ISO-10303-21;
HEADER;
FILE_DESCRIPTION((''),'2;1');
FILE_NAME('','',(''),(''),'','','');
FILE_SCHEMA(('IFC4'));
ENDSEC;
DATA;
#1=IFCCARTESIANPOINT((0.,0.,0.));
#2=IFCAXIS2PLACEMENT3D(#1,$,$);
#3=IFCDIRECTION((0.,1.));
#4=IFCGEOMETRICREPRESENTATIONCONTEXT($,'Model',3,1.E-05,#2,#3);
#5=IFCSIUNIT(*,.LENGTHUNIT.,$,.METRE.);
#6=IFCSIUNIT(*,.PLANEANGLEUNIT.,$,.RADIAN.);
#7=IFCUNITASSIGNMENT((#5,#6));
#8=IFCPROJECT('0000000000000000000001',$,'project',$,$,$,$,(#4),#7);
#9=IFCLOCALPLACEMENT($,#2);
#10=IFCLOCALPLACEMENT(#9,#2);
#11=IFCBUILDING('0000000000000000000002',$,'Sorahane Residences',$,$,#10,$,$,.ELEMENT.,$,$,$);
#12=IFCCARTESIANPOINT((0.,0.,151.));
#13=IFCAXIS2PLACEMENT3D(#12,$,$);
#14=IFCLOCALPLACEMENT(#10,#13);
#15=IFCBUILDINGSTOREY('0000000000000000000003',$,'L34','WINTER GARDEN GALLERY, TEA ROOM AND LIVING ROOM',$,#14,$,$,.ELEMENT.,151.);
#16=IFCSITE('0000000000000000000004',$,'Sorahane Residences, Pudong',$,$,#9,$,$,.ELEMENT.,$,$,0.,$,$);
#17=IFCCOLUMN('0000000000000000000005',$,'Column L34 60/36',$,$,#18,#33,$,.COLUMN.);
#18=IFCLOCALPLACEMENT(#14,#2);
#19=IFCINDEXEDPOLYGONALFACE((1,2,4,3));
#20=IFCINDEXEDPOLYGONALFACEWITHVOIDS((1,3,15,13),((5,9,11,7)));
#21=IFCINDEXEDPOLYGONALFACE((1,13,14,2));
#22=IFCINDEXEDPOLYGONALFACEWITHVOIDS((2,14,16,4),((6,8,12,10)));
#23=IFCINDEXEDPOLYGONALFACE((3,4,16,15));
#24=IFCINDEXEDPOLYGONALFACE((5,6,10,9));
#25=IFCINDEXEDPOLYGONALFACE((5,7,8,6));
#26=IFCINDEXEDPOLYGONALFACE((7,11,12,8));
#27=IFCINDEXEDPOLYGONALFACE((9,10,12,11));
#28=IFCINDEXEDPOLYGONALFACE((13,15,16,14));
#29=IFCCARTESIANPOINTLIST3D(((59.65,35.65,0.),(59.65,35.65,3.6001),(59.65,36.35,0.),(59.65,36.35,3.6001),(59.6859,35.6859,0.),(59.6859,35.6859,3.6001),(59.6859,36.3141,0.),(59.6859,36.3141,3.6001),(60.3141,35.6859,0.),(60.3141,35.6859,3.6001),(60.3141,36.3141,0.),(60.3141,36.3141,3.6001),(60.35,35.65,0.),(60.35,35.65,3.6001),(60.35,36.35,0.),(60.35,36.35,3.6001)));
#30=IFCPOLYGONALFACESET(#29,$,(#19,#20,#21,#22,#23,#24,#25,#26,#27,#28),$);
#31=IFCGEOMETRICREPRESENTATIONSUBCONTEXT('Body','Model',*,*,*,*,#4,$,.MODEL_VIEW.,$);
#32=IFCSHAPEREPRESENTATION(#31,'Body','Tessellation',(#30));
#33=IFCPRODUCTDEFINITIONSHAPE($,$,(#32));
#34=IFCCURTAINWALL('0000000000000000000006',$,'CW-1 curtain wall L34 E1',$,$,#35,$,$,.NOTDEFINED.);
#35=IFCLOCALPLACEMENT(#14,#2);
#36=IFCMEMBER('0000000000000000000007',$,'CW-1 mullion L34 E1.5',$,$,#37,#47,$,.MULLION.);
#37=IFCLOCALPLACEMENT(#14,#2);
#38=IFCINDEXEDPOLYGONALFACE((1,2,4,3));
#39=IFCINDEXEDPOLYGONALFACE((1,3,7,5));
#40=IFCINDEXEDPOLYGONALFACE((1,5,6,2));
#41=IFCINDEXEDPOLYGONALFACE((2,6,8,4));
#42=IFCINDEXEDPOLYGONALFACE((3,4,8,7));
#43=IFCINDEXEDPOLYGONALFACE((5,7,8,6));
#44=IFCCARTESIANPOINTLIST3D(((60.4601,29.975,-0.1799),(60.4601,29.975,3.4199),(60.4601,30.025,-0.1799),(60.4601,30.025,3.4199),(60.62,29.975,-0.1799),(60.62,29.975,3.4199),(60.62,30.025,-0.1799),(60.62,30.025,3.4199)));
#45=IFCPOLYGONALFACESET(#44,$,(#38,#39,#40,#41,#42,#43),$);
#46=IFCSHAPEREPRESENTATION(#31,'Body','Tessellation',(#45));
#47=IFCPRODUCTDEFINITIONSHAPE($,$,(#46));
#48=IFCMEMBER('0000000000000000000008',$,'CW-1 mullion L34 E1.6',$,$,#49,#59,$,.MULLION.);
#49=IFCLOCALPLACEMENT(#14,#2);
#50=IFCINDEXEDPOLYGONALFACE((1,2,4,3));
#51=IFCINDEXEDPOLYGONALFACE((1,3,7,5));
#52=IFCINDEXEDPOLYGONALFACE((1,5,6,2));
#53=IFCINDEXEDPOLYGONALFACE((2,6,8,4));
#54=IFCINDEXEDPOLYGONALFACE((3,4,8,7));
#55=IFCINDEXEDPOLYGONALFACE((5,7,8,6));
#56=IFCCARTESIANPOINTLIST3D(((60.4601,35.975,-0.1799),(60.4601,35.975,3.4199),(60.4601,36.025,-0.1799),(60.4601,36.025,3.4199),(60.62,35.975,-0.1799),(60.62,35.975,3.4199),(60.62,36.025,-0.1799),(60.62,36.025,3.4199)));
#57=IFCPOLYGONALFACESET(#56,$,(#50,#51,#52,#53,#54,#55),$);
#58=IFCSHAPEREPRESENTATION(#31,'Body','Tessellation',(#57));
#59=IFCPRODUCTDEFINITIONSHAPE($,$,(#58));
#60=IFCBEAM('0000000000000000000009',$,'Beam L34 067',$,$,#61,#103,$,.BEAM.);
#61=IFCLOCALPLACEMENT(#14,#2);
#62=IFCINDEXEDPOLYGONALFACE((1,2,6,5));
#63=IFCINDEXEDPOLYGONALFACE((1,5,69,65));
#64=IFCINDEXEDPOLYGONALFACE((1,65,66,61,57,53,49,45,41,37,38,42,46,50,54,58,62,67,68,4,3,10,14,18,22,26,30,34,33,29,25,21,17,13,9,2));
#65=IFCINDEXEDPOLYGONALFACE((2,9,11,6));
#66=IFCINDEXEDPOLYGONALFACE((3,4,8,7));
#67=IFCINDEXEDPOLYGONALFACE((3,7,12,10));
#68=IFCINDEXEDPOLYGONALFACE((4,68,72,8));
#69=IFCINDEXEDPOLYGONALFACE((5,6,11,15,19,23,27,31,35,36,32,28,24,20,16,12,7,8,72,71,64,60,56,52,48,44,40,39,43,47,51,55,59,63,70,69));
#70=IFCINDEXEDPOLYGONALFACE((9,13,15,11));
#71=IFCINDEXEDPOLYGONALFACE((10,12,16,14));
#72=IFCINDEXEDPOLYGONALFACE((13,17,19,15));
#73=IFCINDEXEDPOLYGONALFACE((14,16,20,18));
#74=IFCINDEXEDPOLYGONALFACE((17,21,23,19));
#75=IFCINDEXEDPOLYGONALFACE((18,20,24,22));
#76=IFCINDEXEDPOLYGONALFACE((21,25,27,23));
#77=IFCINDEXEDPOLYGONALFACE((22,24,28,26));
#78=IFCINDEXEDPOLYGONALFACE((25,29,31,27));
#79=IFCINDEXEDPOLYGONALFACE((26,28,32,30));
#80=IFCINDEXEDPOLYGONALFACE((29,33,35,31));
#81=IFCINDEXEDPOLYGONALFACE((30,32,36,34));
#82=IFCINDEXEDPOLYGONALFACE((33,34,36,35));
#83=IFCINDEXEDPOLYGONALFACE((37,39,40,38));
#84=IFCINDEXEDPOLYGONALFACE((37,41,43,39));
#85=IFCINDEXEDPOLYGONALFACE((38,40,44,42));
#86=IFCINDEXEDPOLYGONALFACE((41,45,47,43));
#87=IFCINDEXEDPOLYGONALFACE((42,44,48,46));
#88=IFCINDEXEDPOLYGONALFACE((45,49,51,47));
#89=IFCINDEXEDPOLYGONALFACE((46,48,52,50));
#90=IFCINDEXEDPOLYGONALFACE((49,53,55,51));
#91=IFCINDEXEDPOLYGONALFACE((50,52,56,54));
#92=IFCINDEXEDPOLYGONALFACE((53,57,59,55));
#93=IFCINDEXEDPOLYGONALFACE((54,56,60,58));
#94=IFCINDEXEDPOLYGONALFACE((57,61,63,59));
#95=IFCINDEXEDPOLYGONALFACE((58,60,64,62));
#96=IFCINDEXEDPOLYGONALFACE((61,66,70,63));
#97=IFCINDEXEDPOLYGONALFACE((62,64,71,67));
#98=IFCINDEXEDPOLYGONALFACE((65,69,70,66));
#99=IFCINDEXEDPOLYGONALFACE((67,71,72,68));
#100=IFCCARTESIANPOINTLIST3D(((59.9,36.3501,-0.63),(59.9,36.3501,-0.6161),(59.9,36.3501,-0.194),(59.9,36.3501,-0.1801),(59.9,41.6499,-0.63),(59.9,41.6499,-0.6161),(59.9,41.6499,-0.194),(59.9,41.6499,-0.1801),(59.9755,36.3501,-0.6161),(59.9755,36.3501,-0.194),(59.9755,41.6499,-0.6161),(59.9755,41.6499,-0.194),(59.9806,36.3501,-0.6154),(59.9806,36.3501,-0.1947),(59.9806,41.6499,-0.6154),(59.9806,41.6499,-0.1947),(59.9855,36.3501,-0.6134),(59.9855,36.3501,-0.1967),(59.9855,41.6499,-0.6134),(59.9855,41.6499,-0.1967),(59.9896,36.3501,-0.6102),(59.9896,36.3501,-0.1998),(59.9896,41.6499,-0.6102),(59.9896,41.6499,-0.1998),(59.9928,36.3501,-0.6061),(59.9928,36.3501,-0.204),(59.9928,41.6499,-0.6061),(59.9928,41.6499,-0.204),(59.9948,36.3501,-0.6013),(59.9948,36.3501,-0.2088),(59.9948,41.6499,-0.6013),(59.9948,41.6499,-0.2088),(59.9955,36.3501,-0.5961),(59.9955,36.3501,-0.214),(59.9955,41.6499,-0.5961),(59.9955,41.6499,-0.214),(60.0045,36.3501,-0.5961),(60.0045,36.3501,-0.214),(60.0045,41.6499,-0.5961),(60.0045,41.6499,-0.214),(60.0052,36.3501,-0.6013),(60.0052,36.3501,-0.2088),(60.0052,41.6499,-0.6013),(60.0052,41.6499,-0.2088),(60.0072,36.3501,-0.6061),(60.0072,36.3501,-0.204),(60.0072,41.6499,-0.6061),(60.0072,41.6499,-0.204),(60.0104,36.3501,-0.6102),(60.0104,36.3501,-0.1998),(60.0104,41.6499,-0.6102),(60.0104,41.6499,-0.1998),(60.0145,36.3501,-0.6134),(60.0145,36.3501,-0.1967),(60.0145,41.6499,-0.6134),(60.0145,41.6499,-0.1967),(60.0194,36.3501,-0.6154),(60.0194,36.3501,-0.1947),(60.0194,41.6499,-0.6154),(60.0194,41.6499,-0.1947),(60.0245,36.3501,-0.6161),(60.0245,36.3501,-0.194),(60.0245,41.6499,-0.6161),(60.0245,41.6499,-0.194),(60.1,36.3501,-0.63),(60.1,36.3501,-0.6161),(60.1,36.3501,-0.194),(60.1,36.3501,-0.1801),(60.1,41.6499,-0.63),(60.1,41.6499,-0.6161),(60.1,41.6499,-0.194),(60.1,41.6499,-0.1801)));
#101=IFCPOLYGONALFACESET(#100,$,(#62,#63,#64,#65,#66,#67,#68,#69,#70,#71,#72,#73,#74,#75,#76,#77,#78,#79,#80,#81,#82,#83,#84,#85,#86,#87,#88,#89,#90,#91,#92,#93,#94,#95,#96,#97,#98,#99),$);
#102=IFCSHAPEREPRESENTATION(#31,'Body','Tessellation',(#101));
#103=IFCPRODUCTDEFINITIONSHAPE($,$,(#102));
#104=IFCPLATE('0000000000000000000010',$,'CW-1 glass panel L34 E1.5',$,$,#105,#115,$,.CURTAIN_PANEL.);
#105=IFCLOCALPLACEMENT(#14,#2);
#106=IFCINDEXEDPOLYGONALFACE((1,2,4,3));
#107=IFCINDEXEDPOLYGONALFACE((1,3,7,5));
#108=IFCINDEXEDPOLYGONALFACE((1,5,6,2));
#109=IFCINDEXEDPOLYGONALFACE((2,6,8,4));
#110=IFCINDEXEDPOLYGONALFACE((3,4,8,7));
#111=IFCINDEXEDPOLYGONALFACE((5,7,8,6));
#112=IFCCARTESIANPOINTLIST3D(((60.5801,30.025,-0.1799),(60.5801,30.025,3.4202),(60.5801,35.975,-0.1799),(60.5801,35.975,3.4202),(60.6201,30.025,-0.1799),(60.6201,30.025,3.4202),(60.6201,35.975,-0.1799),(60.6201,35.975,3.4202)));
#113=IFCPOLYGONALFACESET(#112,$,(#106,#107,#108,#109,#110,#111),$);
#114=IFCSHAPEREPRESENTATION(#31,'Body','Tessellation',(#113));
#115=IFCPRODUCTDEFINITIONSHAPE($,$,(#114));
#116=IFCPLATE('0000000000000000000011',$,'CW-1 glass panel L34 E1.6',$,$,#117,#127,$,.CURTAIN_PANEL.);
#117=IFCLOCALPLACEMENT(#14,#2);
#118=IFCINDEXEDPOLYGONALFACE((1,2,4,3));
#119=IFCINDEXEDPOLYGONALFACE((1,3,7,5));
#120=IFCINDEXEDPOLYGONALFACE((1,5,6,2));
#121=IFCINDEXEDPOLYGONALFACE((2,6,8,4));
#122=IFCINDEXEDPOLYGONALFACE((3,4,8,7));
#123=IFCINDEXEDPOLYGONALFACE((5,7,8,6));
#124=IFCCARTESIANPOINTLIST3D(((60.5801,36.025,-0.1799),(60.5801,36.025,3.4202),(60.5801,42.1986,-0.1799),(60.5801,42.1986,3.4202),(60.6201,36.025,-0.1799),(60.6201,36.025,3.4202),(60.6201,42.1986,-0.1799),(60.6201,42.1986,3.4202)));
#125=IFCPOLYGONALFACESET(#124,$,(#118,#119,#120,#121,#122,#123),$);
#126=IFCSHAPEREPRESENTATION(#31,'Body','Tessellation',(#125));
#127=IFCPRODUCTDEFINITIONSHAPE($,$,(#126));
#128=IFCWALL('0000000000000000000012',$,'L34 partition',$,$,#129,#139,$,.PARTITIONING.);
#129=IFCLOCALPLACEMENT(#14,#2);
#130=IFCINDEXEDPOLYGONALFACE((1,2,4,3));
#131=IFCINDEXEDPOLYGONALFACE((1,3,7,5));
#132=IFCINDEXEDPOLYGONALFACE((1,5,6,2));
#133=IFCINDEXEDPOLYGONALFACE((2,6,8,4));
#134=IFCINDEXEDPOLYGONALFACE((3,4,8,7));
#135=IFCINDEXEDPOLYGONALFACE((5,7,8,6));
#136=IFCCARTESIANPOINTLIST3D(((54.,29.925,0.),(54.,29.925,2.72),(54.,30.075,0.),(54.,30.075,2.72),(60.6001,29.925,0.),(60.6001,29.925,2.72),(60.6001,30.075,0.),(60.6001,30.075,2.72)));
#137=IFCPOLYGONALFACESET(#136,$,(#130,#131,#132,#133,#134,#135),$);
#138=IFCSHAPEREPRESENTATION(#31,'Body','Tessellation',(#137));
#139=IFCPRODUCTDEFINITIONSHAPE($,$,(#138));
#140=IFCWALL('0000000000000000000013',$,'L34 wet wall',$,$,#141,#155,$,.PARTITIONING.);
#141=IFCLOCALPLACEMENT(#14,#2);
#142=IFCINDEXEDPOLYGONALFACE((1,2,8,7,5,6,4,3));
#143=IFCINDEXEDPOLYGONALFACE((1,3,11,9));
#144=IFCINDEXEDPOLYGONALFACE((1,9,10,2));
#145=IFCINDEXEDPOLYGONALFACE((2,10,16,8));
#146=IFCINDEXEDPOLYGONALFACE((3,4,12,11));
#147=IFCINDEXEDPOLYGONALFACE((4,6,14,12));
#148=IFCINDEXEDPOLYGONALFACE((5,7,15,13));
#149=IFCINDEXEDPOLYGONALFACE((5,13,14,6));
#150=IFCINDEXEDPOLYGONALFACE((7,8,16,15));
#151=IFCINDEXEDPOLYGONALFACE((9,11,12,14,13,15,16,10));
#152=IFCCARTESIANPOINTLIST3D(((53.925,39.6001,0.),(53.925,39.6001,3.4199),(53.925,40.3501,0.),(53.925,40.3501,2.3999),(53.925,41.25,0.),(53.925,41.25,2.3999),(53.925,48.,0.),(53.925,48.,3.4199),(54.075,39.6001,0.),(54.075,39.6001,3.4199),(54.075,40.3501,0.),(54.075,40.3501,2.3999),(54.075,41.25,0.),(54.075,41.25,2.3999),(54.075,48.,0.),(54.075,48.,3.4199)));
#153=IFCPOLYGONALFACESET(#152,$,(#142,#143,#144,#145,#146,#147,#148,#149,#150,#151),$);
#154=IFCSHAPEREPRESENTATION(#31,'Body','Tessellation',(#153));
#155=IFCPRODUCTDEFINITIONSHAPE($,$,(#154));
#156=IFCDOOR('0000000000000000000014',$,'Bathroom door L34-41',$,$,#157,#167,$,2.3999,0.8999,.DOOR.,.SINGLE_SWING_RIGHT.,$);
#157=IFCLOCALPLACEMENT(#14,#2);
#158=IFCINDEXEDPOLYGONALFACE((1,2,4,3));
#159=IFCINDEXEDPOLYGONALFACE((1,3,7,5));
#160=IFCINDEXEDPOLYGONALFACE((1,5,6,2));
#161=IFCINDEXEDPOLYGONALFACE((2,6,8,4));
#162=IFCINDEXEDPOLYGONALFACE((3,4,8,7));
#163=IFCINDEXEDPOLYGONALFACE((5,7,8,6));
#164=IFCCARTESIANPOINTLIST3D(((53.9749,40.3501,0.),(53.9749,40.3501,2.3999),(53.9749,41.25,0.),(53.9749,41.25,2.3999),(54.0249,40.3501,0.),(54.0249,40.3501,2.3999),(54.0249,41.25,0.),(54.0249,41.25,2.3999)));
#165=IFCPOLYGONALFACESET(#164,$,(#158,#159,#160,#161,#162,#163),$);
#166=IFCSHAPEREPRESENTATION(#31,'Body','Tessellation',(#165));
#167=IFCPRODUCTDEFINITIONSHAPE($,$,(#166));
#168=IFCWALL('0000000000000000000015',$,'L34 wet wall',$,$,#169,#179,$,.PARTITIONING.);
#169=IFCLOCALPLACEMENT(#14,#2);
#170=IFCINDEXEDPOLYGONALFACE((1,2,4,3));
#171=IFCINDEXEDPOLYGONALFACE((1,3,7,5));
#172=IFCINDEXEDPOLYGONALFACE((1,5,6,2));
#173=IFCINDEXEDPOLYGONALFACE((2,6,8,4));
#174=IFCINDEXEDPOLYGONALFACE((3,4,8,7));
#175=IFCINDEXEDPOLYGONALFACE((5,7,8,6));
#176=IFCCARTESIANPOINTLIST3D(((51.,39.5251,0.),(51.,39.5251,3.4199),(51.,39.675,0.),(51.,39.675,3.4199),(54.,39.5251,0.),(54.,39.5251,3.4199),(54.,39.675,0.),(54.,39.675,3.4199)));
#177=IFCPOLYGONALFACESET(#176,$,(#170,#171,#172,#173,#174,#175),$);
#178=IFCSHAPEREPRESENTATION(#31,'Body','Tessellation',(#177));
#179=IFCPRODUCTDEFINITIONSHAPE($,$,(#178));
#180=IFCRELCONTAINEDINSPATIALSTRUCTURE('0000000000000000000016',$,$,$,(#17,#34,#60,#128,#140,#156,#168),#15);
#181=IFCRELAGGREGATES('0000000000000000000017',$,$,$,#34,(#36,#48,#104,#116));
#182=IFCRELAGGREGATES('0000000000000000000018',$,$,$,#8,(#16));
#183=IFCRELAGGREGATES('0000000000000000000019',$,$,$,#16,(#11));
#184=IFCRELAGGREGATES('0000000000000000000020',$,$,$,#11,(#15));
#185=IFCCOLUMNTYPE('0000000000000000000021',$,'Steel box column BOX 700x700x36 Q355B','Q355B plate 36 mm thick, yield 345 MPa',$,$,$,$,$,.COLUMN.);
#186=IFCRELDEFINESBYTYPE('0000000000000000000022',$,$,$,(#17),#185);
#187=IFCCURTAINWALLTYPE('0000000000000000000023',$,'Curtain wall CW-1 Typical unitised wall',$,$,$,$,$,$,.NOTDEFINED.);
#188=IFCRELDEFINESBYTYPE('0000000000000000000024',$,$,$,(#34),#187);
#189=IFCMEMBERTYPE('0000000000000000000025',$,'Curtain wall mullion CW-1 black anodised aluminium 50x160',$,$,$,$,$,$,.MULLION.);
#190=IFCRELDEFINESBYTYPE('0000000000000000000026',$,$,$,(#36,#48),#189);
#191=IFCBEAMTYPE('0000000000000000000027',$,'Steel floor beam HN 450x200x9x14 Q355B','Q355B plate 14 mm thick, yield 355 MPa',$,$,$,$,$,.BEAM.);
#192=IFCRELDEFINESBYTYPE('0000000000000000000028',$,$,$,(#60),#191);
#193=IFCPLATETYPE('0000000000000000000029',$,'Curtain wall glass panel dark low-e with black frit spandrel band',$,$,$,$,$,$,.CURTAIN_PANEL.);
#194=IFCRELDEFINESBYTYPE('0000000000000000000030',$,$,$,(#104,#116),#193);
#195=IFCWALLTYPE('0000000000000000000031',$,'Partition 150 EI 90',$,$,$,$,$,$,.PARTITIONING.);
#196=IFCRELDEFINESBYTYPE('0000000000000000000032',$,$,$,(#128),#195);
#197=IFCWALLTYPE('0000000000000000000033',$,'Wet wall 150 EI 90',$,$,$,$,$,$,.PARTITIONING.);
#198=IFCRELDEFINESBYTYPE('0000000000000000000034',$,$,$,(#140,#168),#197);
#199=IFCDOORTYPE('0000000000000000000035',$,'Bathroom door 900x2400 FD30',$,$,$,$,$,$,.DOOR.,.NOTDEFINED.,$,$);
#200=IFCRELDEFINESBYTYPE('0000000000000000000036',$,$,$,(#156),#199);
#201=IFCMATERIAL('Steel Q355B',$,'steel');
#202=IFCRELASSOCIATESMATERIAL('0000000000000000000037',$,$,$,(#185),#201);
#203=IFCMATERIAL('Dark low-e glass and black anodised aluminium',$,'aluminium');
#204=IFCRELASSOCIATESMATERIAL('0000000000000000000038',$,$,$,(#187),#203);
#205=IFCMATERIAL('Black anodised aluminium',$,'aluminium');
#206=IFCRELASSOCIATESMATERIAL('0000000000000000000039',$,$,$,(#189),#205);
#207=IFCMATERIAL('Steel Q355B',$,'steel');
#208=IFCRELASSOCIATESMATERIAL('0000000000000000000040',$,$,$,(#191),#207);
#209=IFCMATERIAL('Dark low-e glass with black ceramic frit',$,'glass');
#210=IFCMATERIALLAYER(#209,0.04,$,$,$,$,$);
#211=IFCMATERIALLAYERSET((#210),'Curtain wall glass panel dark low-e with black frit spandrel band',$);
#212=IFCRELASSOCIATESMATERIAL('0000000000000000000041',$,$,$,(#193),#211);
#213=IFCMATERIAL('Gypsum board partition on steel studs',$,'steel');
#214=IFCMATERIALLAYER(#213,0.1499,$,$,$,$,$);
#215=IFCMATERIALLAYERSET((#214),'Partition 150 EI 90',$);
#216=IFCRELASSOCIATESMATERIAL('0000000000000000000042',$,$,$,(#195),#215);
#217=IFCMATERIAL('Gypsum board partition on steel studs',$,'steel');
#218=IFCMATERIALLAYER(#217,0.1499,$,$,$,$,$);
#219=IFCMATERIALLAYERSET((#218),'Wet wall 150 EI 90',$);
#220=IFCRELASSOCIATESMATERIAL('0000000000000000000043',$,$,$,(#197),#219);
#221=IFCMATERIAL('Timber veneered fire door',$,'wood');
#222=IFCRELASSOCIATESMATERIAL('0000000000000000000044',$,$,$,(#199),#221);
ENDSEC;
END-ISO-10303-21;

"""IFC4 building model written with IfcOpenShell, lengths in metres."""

from ifc_helpers import new_model, si_unit, direction, frame, frame_2d, origin, origin_2d, place, context, subcontext, project, spatial, rectangle, hollow_rectangle, i_section, extrude, material, layer, layer_set, material_profile, profile_set, type_object, element, fill, aggregate, save


model = new_model("IFC4")

# Units and contexts
model_context = context("Model", 3, precision=1e-05, world=origin(), true_north=direction((0.0, 1.0)))
body_context = subcontext(model_context, "Body", "Model", "MODEL_VIEW")
ifc_project = project(units=[si_unit("LENGTHUNIT", "METRE"), si_unit("PLANEANGLEUNIT", "RADIAN")], contexts=[model_context])

# Site, building, storey
site_placement = place(None, origin())
site = spatial("IfcSite", under=ifc_project, at=site_placement, Name="Sorahane Residences, Pudong", CompositionType="ELEMENT", RefElevation=0.0)
building_placement = place(site_placement, origin())
building = spatial("IfcBuilding", under=site, at=building_placement, Name="Sorahane Residences", CompositionType="ELEMENT")
storey_placement = place(building_placement, frame((0.0, 0.0, 151.0)))
storey = spatial("IfcBuildingStorey", under=building, at=storey_placement, Name="L34", Description="WINTER GARDEN GALLERY, TEA ROOM AND LIVING ROOM", CompositionType="ELEMENT", Elevation=151.0)

# Column
ifc_material_1 = material(Name="Steel Q355B", Category="steel")
ifc_material_profile_1 = material_profile(ifc_material_1, hollow_rectangle(XDim=0.7, YDim=0.7, WallThickness=0.0359, at=origin_2d()), Name="BOX 700x700x36")
ifc_profile_set_1 = profile_set([ifc_material_profile_1], Name="Steel Q355B")
column_type = type_object("IfcColumnType", Name="Steel box column BOX 700x700x36 Q355B", Description="Q355B plate 36 mm thick, yield 345 MPa", PredefinedType="COLUMN", material=ifc_profile_set_1)
column_placement = place(storey_placement, frame((60.0, 36.0, 0.0), z_axis=(0.0, 0.0, 1.0), x_axis=(1.0, 0.0, 0.0)))
element("IfcColumn", 1, at=column_placement, inside=storey, type_object=column_type, Name="Column L34 60/36", PredefinedType="COLUMN", context=body_context, shape_type="SweptSolid", body=[
    extrude(hollow_rectangle(XDim=0.7, YDim=0.7, WallThickness=0.0359, at=origin_2d()), origin(), (0.0, 0.0, 1.0), 3.6001),
])

# Curtain wall, members
ifc_material_2 = material(Name="Dark low-e glass and black anodised aluminium", Category="aluminium")
curtain_wall_type = type_object("IfcCurtainWallType", Name="Curtain wall CW-1 Typical unitised wall", PredefinedType="NOTDEFINED", material=ifc_material_2)
curtain_wall_placement = place(storey_placement, origin())
curtain_wall = element("IfcCurtainWall", 2, at=curtain_wall_placement, inside=storey, type_object=curtain_wall_type, Name="CW-1 curtain wall L34 E1", PredefinedType="NOTDEFINED")
ifc_material_3 = material(Name="Black anodised aluminium", Category="aluminium")
ifc_material_profile_2 = material_profile(ifc_material_3, rectangle(XDim=0.1599, YDim=0.05, at=origin_2d()), Name="Curtain wall mullion CW-1 black anodised aluminium 50x160")
ifc_profile_set_2 = profile_set([ifc_material_profile_2], Name="Black anodised aluminium")
member_type = type_object("IfcMemberType", Name="Curtain wall mullion CW-1 black anodised aluminium 50x160", PredefinedType="MULLION", material=ifc_profile_set_2)
member_1_placement = place(storey_placement, frame((60.54, 30.0, -0.1799), z_axis=(0.0, 0.0, 1.0), x_axis=(1.0, 0.0, 0.0)))
member_1 = element("IfcMember", 3, at=member_1_placement, type_object=member_type, Name="CW-1 mullion L34 E1.5", PredefinedType="MULLION", context=body_context, shape_type="SweptSolid", body=[
    extrude(rectangle(XDim=0.1599, YDim=0.05, at=origin_2d()), origin(), (0.0, 0.0, 1.0), 3.5999),
])
member_2_placement = place(storey_placement, frame((60.54, 36.0, -0.1799), z_axis=(0.0, 0.0, 1.0), x_axis=(1.0, 0.0, 0.0)))
member_2 = element("IfcMember", 4, at=member_2_placement, type_object=member_type, Name="CW-1 mullion L34 E1.6", PredefinedType="MULLION", context=body_context, shape_type="SweptSolid", body=[
    extrude(rectangle(XDim=0.1599, YDim=0.05, at=origin_2d()), origin(), (0.0, 0.0, 1.0), 3.5999),
])

# Beam
ifc_material_4 = material(Name="Steel Q355B", Category="steel")
ifc_material_profile_3 = material_profile(ifc_material_4, i_section(OverallWidth=0.2, OverallDepth=0.45, WebThickness=0.009, FlangeThickness=0.0139, FilletRadius=0.02, at=origin_2d()), Name="HN 450x200x9x14")
ifc_profile_set_3 = profile_set([ifc_material_profile_3], Name="Steel Q355B")
beam_type = type_object("IfcBeamType", Name="Steel floor beam HN 450x200x9x14 Q355B", Description="Q355B plate 14 mm thick, yield 355 MPa", PredefinedType="BEAM", material=ifc_profile_set_3)
beam_placement = place(storey_placement, frame((60.0, 36.3501, -0.405), z_axis=(0.0, 1.0, 0.0), x_axis=(-1.0, 0.0, 0.0)))
element("IfcBeam", 5, at=beam_placement, inside=storey, type_object=beam_type, Name="Beam L34 067", PredefinedType="BEAM", context=body_context, shape_type="SweptSolid", body=[
    extrude(i_section(OverallWidth=0.2, OverallDepth=0.45, WebThickness=0.009, FlangeThickness=0.0139, FilletRadius=0.02, at=origin_2d()), origin(), (0.0, 0.0, 1.0), 5.2998),
])

# Plates
ifc_material_5 = material(Name="Dark low-e glass with black ceramic frit", Category="glass")
ifc_layer_1 = layer(ifc_material_5, 0.04)
ifc_layer_set_1 = layer_set([ifc_layer_1], Name="Curtain wall glass panel dark low-e with black frit spandrel band")
plate_type = type_object("IfcPlateType", Name="Curtain wall glass panel dark low-e with black frit spandrel band", PredefinedType="CURTAIN_PANEL", material=ifc_layer_set_1)
plate_1_placement = place(storey_placement, frame((60.6001, 33.0, -0.1799), z_axis=(0.0, 0.0, 1.0), x_axis=(0.0, 1.0, 0.0)))
plate_1 = element("IfcPlate", 6, at=plate_1_placement, type_object=plate_type, Name="CW-1 glass panel L34 E1.5", PredefinedType="CURTAIN_PANEL", context=body_context, shape_type="SweptSolid", body=[
    extrude(rectangle(XDim=5.95, YDim=0.04, at=origin_2d()), origin(), (0.0, 0.0, 1.0), 3.6001),
])
plate_2_placement = place(storey_placement, frame((60.6001, 39.1118, -0.1799), z_axis=(0.0, 0.0, 1.0), x_axis=(0.0, 1.0, 0.0)))
plate_2 = element("IfcPlate", 7, at=plate_2_placement, type_object=plate_type, Name="CW-1 glass panel L34 E1.6", PredefinedType="CURTAIN_PANEL", context=body_context, shape_type="SweptSolid", body=[
    extrude(rectangle(XDim=6.1736, YDim=0.04, at=origin_2d()), origin(), (0.0, 0.0, 1.0), 3.6001),
])
aggregate(curtain_wall, [member_1, member_2, plate_1, plate_2])

# Shared definitions
ifc_material_6 = material(Name="Gypsum board partition on steel studs", Category="steel")
ifc_layer_2 = layer(ifc_material_6, 0.1499)
ifc_layer_set_2 = layer_set([ifc_layer_2], Name="Partition 150 EI 90")
wall_type_1 = type_object("IfcWallType", Name="Partition 150 EI 90", PredefinedType="PARTITIONING", material=ifc_layer_set_2)

# Wall
wall_1_placement = place(storey_placement, frame((54.0, 30.0, 0.0), z_axis=(0.0, 0.0, 1.0), x_axis=(1.0, 0.0, 0.0)))
element("IfcWall", 8, at=wall_1_placement, inside=storey, type_object=wall_type_1, Name="L34 partition", PredefinedType="PARTITIONING", context=body_context, shape_type="SweptSolid", body=[
    extrude(rectangle(XDim=6.6001, YDim=0.1499, at=frame_2d((3.3, 0.0))), origin(), (0.0, 0.0, 1.0), 2.72),
])

# Wall, opening, door
ifc_material_7 = material(Name="Gypsum board partition on steel studs", Category="steel")
ifc_layer_3 = layer(ifc_material_7, 0.1499)
ifc_layer_set_3 = layer_set([ifc_layer_3], Name="Wet wall 150 EI 90")
wall_type_2 = type_object("IfcWallType", Name="Wet wall 150 EI 90", PredefinedType="PARTITIONING", material=ifc_layer_set_3)
ifc_material_8 = material(Name="Timber veneered fire door", Category="wood")
door_type_1 = type_object("IfcDoorType", Name="Bathroom door 900x2400 FD30", OperationType="NOTDEFINED", PredefinedType="DOOR", material=ifc_material_8)
wall_2_placement = place(storey_placement, frame((54.0, 39.6001, 0.0), z_axis=(0.0, 0.0, 1.0), x_axis=(0.0, 1.0, 0.0)))
wall_2 = element("IfcWall", 9, at=wall_2_placement, inside=storey, type_object=wall_type_2, Name="L34 wet wall", PredefinedType="PARTITIONING", context=body_context, shape_type="SweptSolid", body=[
    extrude(rectangle(XDim=8.3999, YDim=0.1499, at=frame_2d((4.2, 0.0))), origin(), (0.0, 0.0, 1.0), 3.4199),
])
opening_1_placement = place(wall_2_placement, frame((0.75, 0.0, 0.0)))
opening_1 = element("IfcOpeningElement", 10, at=opening_1_placement, cuts=wall_2, PredefinedType="OPENING", context=body_context, shape_type="SweptSolid", body=[
    extrude(rectangle(XDim=0.8999, YDim=2.3999, at=frame_2d((0.45, 1.2))), frame((0.0, 0.085, 0.0), z_axis=(0.0, -1.0, 0.0), x_axis=(1.0, 0.0, 0.0)), (0.0, 0.0, 1.0), 0.1699),
])
door_1_placement = place(opening_1_placement, frame((0.8999, 0.0, 0.0), z_axis=(0.0, 0.0, 1.0), x_axis=(-1.0, 0.0, 0.0)))
door_1 = element("IfcDoor", 11, at=door_1_placement, inside=storey, type_object=door_type_1, Name="Bathroom door L34-41", OperationType="SINGLE_SWING_RIGHT", OverallHeight=2.3999, OverallWidth=0.8999, PredefinedType="DOOR", context=body_context, shape_type="SweptSolid", body=[
    extrude(rectangle(XDim=0.8999, YDim=2.3999, at=frame_2d((0.45, 1.2))), frame((0.0, 0.0249, 0.0), z_axis=(0.0, -1.0, 0.0), x_axis=(1.0, 0.0, 0.0)), (0.0, 0.0, 1.0), 0.05),
])
fill(opening_1, door_1)

# Wall
wall_3_placement = place(storey_placement, frame((51.0, 39.6001, 0.0), z_axis=(0.0, 0.0, 1.0), x_axis=(1.0, 0.0, 0.0)))
element("IfcWall", 12, at=wall_3_placement, inside=storey, type_object=wall_type_2, Name="L34 wet wall", PredefinedType="PARTITIONING", context=body_context, shape_type="SweptSolid", body=[
    extrude(rectangle(XDim=3.0, YDim=0.1499, at=frame_2d((1.5, 0.0))), origin(), (0.0, 0.0, 1.0), 3.4199),
])

save(model, "model.ifc")
